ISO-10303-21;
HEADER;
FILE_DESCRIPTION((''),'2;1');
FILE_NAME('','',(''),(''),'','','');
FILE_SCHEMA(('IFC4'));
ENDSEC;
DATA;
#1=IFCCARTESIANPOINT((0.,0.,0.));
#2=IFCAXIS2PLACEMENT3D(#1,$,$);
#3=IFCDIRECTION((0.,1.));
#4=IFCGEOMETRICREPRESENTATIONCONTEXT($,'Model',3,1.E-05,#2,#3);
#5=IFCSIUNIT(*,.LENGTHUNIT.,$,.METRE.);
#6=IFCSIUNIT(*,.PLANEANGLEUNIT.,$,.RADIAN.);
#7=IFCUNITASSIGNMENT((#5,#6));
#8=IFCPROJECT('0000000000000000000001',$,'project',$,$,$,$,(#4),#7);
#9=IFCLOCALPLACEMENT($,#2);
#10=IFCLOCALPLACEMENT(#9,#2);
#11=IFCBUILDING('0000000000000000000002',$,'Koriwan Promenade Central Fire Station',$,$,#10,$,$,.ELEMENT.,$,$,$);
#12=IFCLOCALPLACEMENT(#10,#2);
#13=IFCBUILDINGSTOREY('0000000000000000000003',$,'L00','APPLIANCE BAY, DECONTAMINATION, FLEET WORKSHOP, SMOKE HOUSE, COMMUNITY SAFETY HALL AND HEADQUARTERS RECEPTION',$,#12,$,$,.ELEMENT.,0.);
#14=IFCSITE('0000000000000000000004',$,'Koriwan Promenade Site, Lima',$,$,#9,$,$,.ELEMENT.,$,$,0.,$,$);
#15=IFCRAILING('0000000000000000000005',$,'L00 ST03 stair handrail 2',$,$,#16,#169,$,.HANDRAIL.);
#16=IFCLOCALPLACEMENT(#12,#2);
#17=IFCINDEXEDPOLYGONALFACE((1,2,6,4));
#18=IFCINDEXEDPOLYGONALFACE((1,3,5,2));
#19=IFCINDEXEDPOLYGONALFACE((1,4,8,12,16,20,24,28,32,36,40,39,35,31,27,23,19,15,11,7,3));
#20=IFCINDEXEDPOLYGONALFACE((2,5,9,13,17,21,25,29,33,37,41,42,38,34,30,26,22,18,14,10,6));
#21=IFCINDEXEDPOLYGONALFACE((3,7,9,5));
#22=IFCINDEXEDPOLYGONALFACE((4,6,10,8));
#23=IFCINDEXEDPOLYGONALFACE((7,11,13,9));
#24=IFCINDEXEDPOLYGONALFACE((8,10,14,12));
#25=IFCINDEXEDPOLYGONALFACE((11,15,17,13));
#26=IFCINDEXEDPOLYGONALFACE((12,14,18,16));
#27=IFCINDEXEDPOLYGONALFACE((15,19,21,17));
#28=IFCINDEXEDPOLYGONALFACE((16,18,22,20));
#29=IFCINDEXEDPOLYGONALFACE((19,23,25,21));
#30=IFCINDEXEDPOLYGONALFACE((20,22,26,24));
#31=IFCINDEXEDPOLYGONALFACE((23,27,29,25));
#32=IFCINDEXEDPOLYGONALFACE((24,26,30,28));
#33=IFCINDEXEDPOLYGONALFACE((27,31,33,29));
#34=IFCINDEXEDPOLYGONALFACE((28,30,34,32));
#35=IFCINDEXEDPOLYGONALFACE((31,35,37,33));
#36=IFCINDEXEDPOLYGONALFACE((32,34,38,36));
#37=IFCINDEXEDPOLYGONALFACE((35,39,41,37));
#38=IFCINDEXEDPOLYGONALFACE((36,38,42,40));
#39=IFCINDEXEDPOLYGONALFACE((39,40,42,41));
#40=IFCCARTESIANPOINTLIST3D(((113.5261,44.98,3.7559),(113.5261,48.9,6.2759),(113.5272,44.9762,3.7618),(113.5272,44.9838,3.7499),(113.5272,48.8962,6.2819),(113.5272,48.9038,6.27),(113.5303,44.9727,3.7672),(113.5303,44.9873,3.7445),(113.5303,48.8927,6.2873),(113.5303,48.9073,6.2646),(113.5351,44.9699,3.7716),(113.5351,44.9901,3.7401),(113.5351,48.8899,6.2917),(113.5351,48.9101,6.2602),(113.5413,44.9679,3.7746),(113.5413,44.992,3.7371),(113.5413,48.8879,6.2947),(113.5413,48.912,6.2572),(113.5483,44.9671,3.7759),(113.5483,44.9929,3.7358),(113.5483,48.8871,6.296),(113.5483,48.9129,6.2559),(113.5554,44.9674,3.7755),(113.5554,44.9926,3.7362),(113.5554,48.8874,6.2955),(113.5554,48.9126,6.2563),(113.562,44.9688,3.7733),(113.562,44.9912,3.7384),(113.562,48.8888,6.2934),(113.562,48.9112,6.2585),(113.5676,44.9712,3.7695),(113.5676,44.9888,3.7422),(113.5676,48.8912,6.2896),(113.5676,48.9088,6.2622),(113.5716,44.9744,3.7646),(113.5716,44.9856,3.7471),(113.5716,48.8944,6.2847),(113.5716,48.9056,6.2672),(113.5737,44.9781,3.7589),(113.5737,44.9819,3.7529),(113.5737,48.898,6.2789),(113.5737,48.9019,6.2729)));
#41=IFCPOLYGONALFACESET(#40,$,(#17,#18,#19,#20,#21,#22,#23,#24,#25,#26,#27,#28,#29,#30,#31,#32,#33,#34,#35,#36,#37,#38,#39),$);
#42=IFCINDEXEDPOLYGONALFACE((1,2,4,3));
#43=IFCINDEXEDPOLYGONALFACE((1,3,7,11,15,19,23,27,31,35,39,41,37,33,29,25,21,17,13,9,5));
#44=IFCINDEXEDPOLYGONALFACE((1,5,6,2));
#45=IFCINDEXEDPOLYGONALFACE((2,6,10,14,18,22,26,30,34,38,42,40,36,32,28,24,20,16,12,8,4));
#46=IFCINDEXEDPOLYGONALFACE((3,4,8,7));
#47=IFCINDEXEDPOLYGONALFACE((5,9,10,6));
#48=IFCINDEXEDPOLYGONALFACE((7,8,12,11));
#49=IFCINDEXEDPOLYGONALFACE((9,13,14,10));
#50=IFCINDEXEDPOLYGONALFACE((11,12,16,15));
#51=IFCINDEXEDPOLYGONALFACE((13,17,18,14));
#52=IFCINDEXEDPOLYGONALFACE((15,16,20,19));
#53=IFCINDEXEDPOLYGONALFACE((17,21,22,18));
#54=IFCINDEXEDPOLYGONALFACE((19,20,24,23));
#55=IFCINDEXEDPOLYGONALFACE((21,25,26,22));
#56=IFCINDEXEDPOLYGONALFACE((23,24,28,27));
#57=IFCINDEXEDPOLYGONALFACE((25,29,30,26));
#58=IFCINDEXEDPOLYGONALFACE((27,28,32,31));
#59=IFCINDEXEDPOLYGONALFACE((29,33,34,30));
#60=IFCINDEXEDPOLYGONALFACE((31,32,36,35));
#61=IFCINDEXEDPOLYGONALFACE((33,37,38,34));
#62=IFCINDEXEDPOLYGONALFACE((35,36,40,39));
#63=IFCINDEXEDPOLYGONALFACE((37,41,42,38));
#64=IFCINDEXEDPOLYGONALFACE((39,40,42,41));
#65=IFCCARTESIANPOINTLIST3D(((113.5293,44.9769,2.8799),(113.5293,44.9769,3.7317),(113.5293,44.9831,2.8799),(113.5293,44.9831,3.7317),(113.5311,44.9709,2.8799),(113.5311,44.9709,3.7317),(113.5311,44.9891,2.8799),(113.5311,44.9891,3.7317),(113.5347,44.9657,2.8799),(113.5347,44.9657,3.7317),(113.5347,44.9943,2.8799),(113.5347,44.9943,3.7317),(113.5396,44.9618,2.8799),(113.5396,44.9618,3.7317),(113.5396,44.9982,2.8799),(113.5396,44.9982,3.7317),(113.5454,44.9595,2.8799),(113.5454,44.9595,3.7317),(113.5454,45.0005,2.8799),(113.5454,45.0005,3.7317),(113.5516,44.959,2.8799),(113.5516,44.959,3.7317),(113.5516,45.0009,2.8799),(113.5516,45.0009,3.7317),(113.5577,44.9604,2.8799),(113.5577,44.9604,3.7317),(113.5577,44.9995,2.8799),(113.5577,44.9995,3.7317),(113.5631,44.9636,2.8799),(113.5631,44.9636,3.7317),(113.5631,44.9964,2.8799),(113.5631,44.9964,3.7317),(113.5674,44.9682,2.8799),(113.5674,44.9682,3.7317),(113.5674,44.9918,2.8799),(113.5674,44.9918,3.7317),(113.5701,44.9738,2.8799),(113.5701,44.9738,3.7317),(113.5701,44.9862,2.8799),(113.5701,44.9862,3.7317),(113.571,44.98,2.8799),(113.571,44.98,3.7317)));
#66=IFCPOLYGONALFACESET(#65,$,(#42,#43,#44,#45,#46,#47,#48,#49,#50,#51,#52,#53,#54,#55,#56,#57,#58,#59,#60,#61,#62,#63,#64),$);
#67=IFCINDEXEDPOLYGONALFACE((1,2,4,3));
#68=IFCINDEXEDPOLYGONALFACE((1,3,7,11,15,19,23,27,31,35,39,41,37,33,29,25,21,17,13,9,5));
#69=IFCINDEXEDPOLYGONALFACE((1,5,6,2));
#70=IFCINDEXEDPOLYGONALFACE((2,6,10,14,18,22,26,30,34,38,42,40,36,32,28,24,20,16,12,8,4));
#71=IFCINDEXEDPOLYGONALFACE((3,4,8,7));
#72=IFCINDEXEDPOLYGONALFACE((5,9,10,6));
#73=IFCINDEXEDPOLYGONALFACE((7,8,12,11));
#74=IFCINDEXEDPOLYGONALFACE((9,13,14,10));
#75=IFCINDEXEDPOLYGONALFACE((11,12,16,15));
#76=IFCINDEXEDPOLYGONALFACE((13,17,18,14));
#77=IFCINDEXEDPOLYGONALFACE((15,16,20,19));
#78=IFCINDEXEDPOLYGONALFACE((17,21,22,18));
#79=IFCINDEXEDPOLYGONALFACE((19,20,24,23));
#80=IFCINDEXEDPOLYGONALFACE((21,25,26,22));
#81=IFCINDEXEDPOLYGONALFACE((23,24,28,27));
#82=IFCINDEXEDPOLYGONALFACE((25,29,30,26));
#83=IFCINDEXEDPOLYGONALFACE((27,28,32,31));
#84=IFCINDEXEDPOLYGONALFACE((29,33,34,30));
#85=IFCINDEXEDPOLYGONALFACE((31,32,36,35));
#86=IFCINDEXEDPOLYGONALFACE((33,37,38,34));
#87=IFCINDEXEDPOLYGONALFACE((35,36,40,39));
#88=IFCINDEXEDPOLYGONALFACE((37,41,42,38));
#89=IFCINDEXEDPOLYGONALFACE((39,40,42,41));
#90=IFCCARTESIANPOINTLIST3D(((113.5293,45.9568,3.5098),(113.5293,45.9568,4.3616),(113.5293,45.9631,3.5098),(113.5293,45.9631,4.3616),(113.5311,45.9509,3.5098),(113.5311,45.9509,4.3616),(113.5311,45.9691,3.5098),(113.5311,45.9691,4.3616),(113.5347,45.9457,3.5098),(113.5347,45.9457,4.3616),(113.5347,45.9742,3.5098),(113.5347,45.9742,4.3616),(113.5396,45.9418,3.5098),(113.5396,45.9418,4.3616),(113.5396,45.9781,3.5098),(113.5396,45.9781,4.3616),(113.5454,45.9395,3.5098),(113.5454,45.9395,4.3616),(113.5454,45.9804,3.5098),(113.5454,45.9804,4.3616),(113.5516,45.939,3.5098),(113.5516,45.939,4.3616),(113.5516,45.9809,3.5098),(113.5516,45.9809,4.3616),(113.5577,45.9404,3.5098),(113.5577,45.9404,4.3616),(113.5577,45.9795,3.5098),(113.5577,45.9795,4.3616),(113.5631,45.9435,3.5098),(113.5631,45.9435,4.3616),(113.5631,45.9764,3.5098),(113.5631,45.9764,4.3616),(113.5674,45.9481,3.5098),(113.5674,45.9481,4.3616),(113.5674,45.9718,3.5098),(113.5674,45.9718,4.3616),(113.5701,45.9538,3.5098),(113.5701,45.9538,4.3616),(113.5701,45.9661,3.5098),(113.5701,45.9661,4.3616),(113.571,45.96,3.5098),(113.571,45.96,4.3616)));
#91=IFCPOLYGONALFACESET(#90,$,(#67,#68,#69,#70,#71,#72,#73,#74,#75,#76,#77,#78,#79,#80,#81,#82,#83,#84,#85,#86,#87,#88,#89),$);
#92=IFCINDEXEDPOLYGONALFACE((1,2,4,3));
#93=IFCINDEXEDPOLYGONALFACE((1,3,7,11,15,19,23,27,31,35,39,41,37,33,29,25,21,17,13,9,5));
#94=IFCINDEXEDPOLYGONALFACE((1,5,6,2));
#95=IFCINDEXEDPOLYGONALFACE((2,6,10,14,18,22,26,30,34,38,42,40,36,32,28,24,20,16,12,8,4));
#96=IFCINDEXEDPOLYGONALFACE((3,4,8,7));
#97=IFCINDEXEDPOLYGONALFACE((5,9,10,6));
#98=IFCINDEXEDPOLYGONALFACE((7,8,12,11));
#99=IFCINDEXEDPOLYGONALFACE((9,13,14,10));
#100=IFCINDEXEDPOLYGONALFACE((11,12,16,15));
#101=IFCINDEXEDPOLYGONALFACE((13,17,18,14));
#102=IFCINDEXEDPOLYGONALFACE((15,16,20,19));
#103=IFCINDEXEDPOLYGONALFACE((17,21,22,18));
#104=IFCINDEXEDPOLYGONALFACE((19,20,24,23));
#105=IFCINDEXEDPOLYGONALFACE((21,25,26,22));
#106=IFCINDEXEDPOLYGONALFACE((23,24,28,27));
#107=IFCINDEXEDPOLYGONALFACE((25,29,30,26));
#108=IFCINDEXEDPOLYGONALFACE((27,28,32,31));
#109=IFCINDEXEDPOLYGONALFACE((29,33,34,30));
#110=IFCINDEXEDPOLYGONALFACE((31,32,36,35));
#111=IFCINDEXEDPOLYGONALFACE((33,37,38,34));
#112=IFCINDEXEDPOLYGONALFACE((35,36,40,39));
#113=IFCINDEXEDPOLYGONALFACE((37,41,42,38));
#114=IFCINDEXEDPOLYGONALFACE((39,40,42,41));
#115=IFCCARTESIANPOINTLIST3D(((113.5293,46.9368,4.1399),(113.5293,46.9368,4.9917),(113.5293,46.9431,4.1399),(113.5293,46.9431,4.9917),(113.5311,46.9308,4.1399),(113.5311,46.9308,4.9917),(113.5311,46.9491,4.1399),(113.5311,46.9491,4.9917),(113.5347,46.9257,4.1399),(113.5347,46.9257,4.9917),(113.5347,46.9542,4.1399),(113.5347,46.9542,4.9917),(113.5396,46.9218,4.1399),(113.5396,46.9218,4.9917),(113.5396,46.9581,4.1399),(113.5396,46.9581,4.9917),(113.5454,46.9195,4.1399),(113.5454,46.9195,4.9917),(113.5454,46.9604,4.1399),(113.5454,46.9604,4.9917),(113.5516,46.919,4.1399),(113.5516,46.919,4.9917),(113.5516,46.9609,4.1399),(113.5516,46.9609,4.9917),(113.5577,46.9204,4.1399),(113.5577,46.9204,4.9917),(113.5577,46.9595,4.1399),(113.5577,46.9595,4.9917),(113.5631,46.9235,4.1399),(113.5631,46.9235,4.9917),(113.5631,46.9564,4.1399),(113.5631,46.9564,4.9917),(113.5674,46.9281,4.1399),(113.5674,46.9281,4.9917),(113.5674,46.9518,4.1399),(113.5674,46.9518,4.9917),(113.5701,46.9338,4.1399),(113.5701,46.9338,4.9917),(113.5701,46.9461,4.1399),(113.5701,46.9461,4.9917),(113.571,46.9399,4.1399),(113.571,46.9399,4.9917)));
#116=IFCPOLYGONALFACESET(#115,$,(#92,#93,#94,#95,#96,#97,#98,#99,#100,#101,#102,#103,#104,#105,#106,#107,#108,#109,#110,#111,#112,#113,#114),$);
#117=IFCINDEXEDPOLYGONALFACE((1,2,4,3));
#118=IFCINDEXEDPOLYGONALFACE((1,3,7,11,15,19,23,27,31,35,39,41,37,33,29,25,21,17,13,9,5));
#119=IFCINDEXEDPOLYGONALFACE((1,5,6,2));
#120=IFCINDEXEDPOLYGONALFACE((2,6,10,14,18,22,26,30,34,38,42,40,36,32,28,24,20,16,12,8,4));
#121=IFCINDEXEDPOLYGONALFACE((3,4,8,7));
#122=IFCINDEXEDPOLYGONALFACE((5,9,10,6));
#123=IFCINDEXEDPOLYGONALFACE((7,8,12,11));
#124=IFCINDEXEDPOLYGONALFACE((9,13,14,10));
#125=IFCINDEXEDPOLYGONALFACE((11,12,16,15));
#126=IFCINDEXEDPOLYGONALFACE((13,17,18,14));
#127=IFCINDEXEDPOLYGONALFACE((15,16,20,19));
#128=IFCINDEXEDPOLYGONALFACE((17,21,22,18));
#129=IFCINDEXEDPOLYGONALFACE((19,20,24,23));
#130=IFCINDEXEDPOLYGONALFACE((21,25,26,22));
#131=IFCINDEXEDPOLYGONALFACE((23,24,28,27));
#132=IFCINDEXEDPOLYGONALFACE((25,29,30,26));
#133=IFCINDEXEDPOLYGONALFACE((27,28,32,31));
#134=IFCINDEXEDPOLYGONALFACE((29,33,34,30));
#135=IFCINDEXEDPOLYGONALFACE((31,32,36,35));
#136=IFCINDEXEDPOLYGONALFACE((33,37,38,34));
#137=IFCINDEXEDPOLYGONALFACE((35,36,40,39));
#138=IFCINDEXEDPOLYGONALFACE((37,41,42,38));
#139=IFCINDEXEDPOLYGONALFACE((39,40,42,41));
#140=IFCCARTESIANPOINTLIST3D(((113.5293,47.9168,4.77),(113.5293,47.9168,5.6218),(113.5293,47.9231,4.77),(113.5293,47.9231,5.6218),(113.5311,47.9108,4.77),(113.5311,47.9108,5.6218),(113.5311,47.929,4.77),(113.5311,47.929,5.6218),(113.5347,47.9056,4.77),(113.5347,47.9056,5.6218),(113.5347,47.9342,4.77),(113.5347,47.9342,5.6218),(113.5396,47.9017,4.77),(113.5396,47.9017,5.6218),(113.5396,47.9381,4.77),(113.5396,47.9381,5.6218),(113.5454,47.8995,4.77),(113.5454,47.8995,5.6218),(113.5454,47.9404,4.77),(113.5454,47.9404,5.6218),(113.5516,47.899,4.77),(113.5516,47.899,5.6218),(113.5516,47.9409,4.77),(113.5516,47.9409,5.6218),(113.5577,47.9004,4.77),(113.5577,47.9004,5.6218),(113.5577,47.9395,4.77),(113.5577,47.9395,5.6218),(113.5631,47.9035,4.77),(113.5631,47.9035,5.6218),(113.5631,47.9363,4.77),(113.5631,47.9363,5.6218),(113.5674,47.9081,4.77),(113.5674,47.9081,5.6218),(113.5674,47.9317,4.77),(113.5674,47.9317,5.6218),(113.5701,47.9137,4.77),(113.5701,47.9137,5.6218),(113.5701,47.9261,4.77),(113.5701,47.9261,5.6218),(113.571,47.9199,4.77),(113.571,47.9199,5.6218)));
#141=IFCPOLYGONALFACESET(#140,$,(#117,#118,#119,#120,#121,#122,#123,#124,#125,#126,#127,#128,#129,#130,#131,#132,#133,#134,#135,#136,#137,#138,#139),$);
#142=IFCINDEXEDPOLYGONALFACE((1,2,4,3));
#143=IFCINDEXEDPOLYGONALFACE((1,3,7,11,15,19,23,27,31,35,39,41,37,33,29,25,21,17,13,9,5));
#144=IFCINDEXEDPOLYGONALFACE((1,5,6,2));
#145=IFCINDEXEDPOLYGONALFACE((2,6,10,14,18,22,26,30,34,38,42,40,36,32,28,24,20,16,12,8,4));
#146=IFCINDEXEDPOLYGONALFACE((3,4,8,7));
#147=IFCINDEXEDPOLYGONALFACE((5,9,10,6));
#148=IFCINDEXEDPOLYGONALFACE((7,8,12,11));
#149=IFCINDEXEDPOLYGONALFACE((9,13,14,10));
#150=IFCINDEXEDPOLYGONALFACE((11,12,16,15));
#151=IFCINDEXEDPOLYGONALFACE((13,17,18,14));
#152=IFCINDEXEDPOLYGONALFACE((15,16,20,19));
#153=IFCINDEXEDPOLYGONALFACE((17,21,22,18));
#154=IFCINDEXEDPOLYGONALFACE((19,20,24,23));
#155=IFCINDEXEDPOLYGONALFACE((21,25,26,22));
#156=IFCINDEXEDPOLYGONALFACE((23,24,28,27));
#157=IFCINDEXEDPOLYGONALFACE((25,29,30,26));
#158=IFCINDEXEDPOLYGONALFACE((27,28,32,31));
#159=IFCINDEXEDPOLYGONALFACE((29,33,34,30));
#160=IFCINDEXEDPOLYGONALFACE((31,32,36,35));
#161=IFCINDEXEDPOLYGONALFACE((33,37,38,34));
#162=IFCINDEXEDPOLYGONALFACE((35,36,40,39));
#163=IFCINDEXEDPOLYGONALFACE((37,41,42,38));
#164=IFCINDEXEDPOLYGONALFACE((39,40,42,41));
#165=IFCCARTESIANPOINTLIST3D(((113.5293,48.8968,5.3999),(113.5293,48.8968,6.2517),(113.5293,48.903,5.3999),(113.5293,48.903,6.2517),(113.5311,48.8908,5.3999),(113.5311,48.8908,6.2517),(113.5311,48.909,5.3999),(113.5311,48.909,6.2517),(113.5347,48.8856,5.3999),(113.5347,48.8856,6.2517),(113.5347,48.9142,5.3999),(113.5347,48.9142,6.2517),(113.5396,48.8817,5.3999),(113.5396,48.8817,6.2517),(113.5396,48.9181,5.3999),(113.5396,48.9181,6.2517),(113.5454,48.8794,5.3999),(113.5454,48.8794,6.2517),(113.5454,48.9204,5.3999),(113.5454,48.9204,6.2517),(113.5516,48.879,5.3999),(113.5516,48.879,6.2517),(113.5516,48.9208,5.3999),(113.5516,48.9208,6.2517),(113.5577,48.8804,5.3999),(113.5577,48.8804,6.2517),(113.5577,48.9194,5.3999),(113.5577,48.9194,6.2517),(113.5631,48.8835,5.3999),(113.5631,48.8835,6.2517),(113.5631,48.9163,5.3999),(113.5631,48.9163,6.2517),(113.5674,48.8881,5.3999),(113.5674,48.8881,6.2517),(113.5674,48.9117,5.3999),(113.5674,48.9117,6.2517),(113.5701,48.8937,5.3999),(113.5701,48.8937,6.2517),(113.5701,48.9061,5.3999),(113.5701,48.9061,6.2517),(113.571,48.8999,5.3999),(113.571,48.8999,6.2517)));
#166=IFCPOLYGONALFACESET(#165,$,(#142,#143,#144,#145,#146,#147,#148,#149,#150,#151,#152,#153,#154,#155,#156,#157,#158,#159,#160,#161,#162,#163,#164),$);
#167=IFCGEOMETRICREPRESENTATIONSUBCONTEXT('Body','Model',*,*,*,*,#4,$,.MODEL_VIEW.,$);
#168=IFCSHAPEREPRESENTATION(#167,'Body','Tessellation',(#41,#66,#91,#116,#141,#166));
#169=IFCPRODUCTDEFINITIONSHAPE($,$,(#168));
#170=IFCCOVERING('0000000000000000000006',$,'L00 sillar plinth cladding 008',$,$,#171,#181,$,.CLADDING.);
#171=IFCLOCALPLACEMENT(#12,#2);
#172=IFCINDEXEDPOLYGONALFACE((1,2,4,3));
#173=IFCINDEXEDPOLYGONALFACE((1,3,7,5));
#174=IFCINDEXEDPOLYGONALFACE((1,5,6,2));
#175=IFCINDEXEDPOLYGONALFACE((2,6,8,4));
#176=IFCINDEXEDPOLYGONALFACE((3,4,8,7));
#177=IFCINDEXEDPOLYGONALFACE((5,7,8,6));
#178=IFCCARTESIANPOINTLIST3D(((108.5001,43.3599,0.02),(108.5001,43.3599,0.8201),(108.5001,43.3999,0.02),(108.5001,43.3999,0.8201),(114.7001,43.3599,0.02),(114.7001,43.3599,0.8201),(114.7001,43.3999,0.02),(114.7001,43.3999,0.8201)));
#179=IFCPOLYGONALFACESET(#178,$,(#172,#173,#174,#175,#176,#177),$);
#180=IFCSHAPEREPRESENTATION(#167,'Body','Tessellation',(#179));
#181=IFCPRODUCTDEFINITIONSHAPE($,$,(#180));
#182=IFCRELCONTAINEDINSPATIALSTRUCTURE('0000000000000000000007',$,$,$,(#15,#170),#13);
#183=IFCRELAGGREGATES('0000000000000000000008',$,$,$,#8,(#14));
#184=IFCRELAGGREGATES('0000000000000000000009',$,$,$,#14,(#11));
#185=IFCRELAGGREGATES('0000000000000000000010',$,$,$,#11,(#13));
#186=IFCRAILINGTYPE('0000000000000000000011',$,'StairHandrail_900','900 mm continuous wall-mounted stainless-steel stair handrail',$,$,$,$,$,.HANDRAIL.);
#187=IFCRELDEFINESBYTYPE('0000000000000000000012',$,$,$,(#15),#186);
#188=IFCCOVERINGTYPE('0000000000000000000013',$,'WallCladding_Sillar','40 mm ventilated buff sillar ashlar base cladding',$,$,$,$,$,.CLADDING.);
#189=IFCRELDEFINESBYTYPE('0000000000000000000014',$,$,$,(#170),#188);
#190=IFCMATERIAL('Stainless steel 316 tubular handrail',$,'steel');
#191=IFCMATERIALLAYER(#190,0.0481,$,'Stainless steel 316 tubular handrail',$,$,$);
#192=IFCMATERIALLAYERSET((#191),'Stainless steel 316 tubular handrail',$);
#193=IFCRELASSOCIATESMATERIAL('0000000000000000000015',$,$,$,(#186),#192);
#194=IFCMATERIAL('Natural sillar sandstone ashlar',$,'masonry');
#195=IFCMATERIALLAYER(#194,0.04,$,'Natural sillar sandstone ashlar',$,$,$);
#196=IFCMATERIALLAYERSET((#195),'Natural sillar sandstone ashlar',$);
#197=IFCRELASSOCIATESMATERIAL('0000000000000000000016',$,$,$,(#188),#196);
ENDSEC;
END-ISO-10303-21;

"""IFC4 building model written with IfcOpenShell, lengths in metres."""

from ifc_helpers import new_model, si_unit, direction, frame, origin, origin_2d, place, context, subcontext, project, spatial, rectangle, circle, extrude, material, layer, layer_set, type_object, element, save


model = new_model("IFC4")

# Units and contexts
model_context = context("Model", 3, precision=1e-05, world=origin(), true_north=direction((0.0, 1.0)))
body_context = subcontext(model_context, "Body", "Model", "MODEL_VIEW")
ifc_project = project(units=[si_unit("LENGTHUNIT", "METRE"), si_unit("PLANEANGLEUNIT", "RADIAN")], contexts=[model_context])

# Site, building, storey
site_placement = place(None, origin())
site = spatial("IfcSite", under=ifc_project, at=site_placement, Name="Koriwan Promenade Site, Lima", CompositionType="ELEMENT", RefElevation=0.0)
building_placement = place(site_placement, origin())
building = spatial("IfcBuilding", under=site, at=building_placement, Name="Koriwan Promenade Central Fire Station", CompositionType="ELEMENT")
storey_placement = place(building_placement, origin())
storey = spatial("IfcBuildingStorey", under=building, at=storey_placement, Name="L00", Description="APPLIANCE BAY, DECONTAMINATION, FLEET WORKSHOP, SMOKE HOUSE, COMMUNITY SAFETY HALL AND HEADQUARTERS RECEPTION", CompositionType="ELEMENT", Elevation=0.0)

# Railing
ifc_material_1 = material(Name="Stainless steel 316 tubular handrail", Category="steel")
ifc_layer_1 = layer(ifc_material_1, 0.0481, Name="Stainless steel 316 tubular handrail")
ifc_layer_set_1 = layer_set([ifc_layer_1], Name="Stainless steel 316 tubular handrail")
railing_type_1 = type_object("IfcRailingType", Name="StairHandrail_900", Description="900 mm continuous wall-mounted stainless-steel stair handrail", PredefinedType="HANDRAIL", material=ifc_layer_set_1)
railing_1_placement = place(storey_placement, frame((113.55, 44.98, 2.8799)))
element("IfcRailing", 1, at=railing_1_placement, inside=storey, type_object=railing_type_1, Name="L00 ST03 stair handrail 2", PredefinedType="HANDRAIL", context=body_context, shape_type="SweptSolid", body=[
    extrude(circle(Radius=0.0239, at=origin_2d()), frame((0.0, 0.0, 0.876), z_axis=(0.0, 0.841172, 0.540768), x_axis=(-1.0, 0.0, 0.0)), (0.0, 0.0, 1.0), 4.6602),
    extrude(circle(Radius=0.021, at=origin_2d()), origin(), (0.0, 0.0, 1.0), 0.8518),
    extrude(circle(Radius=0.021, at=origin_2d()), frame((0.0, 0.98, 0.6299)), (0.0, 0.0, 1.0), 0.8518),
    extrude(circle(Radius=0.021, at=origin_2d()), frame((0.0, 1.96, 1.26)), (0.0, 0.0, 1.0), 0.8518),
    extrude(circle(Radius=0.021, at=origin_2d()), frame((0.0, 2.9399, 1.8901)), (0.0, 0.0, 1.0), 0.8518),
    extrude(circle(Radius=0.021, at=origin_2d()), frame((0.0, 3.9199, 2.52)), (0.0, 0.0, 1.0), 0.8518),
])

# Covering
ifc_material_2 = material(Name="Natural sillar sandstone ashlar", Category="masonry")
ifc_layer_2 = layer(ifc_material_2, 0.04, Name="Natural sillar sandstone ashlar")
ifc_layer_set_2 = layer_set([ifc_layer_2], Name="Natural sillar sandstone ashlar")
covering_type = type_object("IfcCoveringType", Name="WallCladding_Sillar", Description="40 mm ventilated buff sillar ashlar base cladding", PredefinedType="CLADDING", material=ifc_layer_set_2)
covering_placement = place(storey_placement, frame((111.6001, 43.3799, 0.02), z_axis=(0.0, 0.0, 1.0), x_axis=(1.0, 0.0, 0.0)))
element("IfcCovering", 2, at=covering_placement, inside=storey, type_object=covering_type, Name="L00 sillar plinth cladding 008", PredefinedType="CLADDING", context=body_context, shape_type="SweptSolid", body=[
    extrude(rectangle(XDim=6.2, YDim=0.04, at=origin_2d()), origin(), (0.0, 0.0, 1.0), 0.8),
])

save(model, "model.ifc")
